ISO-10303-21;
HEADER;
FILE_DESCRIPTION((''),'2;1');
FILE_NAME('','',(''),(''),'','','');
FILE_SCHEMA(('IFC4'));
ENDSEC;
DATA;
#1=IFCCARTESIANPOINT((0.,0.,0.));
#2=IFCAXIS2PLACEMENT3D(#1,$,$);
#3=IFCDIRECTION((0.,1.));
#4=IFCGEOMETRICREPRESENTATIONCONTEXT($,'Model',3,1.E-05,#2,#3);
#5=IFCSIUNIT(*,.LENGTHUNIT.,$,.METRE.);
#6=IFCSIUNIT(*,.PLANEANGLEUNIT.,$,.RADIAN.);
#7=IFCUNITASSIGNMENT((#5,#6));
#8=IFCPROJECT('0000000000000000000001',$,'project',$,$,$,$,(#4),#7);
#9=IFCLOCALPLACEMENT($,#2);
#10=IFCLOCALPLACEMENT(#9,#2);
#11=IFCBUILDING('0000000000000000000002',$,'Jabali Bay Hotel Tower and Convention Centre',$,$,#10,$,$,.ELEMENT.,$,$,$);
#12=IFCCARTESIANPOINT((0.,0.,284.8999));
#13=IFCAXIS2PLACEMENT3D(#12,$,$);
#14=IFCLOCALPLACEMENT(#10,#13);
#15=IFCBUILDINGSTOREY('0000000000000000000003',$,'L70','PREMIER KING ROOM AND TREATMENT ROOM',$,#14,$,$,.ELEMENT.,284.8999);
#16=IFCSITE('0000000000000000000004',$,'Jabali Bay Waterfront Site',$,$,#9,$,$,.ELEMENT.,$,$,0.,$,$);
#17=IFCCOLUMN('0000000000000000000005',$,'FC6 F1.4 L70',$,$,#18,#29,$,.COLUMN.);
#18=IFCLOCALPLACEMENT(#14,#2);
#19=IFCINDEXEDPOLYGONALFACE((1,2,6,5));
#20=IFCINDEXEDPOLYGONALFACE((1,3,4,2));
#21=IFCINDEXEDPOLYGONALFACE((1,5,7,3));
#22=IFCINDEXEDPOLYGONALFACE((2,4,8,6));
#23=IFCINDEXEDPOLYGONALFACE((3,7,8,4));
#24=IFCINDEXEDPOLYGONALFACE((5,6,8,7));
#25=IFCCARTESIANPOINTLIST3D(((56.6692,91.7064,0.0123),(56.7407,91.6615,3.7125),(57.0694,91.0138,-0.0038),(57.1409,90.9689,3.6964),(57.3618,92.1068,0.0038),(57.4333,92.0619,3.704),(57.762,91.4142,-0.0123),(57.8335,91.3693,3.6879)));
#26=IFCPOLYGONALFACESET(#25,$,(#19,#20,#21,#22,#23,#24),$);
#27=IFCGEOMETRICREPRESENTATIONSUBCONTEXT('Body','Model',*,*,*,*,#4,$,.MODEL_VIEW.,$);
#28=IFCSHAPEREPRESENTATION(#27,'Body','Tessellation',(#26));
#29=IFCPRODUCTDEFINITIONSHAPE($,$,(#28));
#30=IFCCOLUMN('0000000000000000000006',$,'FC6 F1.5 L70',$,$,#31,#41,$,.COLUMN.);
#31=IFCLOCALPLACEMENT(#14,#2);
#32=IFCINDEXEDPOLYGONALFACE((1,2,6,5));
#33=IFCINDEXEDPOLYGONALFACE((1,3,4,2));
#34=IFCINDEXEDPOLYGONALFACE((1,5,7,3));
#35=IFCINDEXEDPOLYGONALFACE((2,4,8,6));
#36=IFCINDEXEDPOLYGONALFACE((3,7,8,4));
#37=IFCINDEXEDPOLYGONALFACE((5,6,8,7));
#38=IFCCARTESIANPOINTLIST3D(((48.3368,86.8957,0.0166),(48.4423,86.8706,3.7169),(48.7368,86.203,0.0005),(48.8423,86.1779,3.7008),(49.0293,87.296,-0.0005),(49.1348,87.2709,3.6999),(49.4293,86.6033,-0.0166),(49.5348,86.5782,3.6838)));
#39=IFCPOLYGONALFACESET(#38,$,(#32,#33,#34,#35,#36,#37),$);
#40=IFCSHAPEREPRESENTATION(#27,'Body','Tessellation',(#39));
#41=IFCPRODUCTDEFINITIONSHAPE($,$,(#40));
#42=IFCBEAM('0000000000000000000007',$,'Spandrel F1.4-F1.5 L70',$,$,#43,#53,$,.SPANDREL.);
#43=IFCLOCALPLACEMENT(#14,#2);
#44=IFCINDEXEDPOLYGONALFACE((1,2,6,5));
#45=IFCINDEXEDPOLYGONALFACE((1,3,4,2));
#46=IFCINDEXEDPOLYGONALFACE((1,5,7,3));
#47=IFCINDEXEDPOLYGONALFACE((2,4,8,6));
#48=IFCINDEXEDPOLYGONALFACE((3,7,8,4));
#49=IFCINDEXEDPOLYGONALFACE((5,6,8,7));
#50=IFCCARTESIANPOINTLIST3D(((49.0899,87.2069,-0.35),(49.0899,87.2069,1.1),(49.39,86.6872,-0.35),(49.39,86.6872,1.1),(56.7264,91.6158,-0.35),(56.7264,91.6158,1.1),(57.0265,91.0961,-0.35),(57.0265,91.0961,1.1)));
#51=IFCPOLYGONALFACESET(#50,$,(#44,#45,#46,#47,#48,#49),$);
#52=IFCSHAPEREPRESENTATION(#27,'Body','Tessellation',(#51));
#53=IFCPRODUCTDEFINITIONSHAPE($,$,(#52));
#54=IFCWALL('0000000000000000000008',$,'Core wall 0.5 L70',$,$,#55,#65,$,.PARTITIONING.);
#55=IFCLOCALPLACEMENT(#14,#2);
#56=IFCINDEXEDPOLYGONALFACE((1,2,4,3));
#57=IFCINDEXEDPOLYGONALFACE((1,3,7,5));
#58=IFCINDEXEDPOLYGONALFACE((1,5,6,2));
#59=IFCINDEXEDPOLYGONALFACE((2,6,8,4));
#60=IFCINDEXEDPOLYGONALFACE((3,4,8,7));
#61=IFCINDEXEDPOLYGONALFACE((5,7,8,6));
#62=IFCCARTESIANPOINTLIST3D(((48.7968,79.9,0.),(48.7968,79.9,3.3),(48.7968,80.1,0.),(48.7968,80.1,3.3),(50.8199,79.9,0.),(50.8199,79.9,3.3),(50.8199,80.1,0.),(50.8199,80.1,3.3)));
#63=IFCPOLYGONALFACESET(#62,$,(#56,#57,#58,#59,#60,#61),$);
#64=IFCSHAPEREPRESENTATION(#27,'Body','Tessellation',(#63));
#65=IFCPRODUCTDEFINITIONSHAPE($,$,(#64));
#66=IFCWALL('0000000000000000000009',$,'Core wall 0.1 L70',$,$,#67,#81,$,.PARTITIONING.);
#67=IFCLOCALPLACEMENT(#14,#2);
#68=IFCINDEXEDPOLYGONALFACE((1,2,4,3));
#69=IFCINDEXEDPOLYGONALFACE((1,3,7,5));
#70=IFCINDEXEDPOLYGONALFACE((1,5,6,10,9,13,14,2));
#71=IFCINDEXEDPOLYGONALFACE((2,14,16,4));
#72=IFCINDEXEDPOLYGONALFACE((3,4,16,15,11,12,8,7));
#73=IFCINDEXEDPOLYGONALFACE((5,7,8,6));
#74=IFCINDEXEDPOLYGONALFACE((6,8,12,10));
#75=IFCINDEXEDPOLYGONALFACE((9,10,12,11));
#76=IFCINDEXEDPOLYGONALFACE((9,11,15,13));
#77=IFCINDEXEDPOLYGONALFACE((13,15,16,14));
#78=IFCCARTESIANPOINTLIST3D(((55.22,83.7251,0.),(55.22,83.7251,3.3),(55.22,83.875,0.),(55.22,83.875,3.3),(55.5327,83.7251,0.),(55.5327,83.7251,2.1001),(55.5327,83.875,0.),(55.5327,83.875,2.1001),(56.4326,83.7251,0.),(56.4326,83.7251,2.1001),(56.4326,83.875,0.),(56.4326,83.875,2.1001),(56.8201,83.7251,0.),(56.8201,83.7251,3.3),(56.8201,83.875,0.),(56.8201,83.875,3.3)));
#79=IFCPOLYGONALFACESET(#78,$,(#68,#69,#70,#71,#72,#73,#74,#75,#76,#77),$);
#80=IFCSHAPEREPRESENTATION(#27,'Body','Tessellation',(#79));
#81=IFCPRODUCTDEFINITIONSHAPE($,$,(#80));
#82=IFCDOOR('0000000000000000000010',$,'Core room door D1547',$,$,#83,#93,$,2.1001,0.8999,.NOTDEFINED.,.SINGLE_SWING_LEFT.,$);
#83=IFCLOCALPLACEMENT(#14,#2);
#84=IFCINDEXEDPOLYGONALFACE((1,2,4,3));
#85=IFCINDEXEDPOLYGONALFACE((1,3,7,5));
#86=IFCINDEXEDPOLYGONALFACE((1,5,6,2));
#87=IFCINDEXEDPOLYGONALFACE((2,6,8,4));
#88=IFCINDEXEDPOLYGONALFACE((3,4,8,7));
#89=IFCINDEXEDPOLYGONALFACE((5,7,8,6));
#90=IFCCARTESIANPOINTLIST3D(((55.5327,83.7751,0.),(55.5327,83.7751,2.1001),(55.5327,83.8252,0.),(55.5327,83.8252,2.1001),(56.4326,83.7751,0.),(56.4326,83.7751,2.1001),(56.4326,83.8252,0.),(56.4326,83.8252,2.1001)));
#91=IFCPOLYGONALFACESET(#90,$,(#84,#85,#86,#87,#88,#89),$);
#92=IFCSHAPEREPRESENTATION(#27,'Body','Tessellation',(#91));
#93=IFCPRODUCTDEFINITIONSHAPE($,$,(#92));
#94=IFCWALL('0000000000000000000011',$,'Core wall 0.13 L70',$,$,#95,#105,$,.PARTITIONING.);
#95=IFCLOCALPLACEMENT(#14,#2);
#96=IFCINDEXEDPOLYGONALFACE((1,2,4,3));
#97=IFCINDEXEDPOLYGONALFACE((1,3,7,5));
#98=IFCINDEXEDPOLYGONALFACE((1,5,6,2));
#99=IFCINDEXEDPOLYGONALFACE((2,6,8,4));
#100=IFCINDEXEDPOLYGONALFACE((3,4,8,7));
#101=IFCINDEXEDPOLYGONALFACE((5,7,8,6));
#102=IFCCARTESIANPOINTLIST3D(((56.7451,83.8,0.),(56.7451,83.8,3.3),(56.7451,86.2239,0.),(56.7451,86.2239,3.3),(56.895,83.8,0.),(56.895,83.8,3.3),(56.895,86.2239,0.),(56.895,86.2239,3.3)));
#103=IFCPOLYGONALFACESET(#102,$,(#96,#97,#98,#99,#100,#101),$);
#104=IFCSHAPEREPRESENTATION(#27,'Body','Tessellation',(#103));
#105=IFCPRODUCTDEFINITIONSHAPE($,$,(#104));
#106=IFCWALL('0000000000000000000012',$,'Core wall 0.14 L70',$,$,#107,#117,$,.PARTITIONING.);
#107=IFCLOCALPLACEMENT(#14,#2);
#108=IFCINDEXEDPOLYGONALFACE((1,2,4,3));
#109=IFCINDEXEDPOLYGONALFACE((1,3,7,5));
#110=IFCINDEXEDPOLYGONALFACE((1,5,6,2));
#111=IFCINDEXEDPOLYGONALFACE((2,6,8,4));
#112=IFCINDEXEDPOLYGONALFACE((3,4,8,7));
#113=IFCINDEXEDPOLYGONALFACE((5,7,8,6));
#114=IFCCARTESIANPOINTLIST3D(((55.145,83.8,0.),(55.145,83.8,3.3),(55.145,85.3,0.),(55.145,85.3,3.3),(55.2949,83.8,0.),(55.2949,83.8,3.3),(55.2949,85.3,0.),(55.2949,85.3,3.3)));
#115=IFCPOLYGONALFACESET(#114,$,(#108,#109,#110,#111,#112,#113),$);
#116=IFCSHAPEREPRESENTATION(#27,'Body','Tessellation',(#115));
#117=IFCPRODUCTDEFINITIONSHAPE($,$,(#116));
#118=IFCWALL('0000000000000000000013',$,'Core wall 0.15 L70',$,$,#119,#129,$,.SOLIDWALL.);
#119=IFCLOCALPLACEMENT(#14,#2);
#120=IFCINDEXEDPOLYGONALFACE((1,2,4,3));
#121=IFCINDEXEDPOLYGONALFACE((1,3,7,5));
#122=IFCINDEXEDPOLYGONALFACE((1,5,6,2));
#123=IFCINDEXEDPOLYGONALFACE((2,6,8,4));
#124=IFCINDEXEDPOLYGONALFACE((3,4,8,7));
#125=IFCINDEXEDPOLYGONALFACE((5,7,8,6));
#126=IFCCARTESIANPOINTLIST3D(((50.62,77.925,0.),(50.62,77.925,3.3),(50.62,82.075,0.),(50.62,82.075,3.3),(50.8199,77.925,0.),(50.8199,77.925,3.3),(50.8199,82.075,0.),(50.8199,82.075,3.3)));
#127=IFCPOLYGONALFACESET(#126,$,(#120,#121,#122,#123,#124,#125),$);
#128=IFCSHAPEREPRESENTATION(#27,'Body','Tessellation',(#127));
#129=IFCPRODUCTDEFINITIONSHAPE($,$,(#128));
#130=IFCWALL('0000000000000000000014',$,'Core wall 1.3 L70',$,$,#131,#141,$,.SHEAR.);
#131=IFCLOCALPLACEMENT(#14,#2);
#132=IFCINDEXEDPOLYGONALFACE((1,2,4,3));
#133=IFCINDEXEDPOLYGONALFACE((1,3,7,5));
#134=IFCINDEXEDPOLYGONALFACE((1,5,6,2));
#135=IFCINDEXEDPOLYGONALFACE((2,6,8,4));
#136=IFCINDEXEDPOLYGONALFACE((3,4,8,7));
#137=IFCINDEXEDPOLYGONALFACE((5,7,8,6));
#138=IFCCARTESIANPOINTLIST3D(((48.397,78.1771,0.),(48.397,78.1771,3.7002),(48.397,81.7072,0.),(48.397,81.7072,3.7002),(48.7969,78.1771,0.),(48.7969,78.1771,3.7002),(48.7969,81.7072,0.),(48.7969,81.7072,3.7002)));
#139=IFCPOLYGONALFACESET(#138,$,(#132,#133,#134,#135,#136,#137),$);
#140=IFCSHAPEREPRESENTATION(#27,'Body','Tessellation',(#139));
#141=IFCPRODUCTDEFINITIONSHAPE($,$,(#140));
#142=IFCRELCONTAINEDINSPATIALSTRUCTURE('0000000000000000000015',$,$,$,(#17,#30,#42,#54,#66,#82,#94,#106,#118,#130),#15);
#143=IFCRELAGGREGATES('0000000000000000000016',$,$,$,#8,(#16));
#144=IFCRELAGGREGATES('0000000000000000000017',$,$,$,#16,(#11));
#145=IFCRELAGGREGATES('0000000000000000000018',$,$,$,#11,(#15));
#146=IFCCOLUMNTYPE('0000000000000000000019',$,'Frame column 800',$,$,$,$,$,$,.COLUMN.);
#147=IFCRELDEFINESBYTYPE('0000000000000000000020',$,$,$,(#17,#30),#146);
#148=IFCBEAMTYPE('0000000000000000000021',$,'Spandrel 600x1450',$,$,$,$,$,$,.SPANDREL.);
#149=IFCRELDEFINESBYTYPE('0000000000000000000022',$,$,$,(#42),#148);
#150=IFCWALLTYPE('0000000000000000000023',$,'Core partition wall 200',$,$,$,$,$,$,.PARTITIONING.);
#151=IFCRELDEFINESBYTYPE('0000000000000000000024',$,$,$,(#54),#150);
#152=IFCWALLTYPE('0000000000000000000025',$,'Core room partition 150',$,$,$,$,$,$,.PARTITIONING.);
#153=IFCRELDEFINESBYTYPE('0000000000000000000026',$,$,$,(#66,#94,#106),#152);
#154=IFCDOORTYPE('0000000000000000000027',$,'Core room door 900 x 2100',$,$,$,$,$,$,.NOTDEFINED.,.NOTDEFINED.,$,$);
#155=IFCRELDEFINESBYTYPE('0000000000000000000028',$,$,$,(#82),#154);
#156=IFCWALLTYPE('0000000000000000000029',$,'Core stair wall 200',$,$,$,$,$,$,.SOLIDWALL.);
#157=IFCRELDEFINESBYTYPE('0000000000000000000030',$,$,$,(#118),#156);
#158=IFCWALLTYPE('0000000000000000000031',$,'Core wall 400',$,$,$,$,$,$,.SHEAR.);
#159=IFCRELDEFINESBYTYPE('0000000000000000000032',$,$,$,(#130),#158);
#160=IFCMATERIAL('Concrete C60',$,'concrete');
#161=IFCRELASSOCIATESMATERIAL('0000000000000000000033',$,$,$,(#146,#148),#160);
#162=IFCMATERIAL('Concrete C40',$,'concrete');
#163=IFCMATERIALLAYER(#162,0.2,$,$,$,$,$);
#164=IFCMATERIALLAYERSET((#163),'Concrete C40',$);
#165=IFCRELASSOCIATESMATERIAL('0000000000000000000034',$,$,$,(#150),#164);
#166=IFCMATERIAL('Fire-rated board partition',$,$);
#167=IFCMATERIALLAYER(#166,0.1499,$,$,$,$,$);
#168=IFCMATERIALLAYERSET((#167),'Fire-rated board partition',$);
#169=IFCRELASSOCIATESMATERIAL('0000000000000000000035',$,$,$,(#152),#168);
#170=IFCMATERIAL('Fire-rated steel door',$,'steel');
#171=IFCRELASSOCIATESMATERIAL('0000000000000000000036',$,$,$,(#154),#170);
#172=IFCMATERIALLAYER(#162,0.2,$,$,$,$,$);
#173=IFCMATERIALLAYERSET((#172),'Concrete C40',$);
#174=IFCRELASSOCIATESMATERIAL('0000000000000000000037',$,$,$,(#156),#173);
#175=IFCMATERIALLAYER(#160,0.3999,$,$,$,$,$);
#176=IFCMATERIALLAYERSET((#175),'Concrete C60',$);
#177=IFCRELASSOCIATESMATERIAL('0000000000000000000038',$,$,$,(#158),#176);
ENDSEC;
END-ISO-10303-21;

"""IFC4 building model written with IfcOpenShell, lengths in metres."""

from ifc_helpers import new_model, si_unit, direction, frame, frame_2d, origin, origin_2d, place, context, subcontext, project, spatial, rectangle, extrude, material, layer, layer_set, material_profile, profile_set, type_object, element, fill, save


model = new_model("IFC4")

# Units and contexts
model_context = context("Model", 3, precision=1e-05, world=origin(), true_north=direction((0.0, 1.0)))
body_context = subcontext(model_context, "Body", "Model", "MODEL_VIEW")
ifc_project = project(units=[si_unit("LENGTHUNIT", "METRE"), si_unit("PLANEANGLEUNIT", "RADIAN")], contexts=[model_context])

# Site, building, storey
site_placement = place(None, origin())
site = spatial("IfcSite", under=ifc_project, at=site_placement, Name="Jabali Bay Waterfront Site", CompositionType="ELEMENT", RefElevation=0.0)
building_placement = place(site_placement, origin())
building = spatial("IfcBuilding", under=site, at=building_placement, Name="Jabali Bay Hotel Tower and Convention Centre", CompositionType="ELEMENT")
storey_placement = place(building_placement, frame((0.0, 0.0, 284.8999)))
storey = spatial("IfcBuildingStorey", under=building, at=storey_placement, Name="L70", Description="PREMIER KING ROOM AND TREATMENT ROOM", CompositionType="ELEMENT", Elevation=284.8999)

# Columns
ifc_material_1 = material(Name="Concrete C60", Category="concrete")
ifc_material_profile_1 = material_profile(ifc_material_1, rectangle(XDim=0.8, YDim=0.8, at=origin_2d()), Name="Frame column 800")
ifc_profile_set_1 = profile_set([ifc_material_profile_1], Name="Concrete C60")
column_type = type_object("IfcColumnType", Name="Frame column 800", PredefinedType="COLUMN", material=ifc_profile_set_1)
column_1_placement = place(storey_placement, frame((57.2156, 91.5603, 0.0), z_axis=(0.019327, -0.012137, 0.99974), x_axis=(-0.500209, 0.86567, 0.02018)))
element("IfcColumn", 1, at=column_1_placement, inside=storey, type_object=column_type, Name="FC6 F1.4 L70", PredefinedType="COLUMN", context=body_context, shape_type="SweptSolid", body=[
    extrude(rectangle(XDim=0.8, YDim=0.8, at=origin_2d()), origin(), (0.0, 0.0, 1.0), 3.7012),
])
column_2_placement = place(storey_placement, frame((48.8831, 86.7495, 0.0), z_axis=(0.028491, -0.006793, 0.999571), x_axis=(-0.499958, 0.865816, 0.020135)))
element("IfcColumn", 2, at=column_2_placement, inside=storey, type_object=column_type, Name="FC6 F1.5 L70", PredefinedType="COLUMN", context=body_context, shape_type="SweptSolid", body=[
    extrude(rectangle(XDim=0.8, YDim=0.8, at=origin_2d()), origin(), (0.0, 0.0, 1.0), 3.7019),
])

# Beam
ifc_material_profile_2 = material_profile(ifc_material_1, rectangle(XDim=0.6001, YDim=1.45, at=origin_2d()), Name="Spandrel 600x1450")
ifc_profile_set_2 = profile_set([ifc_material_profile_2], Name="Concrete C60")
beam_type = type_object("IfcBeamType", Name="Spandrel 600x1450", PredefinedType="SPANDREL", material=ifc_profile_set_2)
beam_placement = place(storey_placement, frame((56.8765, 91.356, 0.375), z_axis=(-0.866025, -0.500001, 0.0), x_axis=(0.500001, -0.866025, 0.0)))
element("IfcBeam", 3, at=beam_placement, inside=storey, type_object=beam_type, Name="Spandrel F1.4-F1.5 L70", PredefinedType="SPANDREL", context=body_context, shape_type="SweptSolid", body=[
    extrude(rectangle(XDim=0.6001, YDim=1.45, at=origin_2d()), origin(), (0.0, 0.0, 1.0), 8.8179),
])

# Wall
ifc_material_2 = material(Name="Concrete C40", Category="concrete")
ifc_layer_1 = layer(ifc_material_2, 0.2)
ifc_layer_set_1 = layer_set([ifc_layer_1], Name="Concrete C40")
wall_type_1 = type_object("IfcWallType", Name="Core partition wall 200", PredefinedType="PARTITIONING", material=ifc_layer_set_1)
wall_1_placement = place(storey_placement, frame((50.8201, 80.0, 0.0), z_axis=(0.0, 0.0, 1.0), x_axis=(-1.0, 0.0, 0.0)))
element("IfcWall", 4, at=wall_1_placement, inside=storey, type_object=wall_type_1, Name="Core wall 0.5 L70", PredefinedType="PARTITIONING", context=body_context, shape_type="SweptSolid", body=[
    extrude(rectangle(XDim=2.0232, YDim=0.2, at=frame_2d((1.0117, 0.0))), origin(), (0.0, 0.0, 1.0), 3.3),
])

# Wall, opening, door
ifc_material_3 = material(Name="Fire-rated board partition")
ifc_layer_2 = layer(ifc_material_3, 0.1499)
ifc_layer_set_2 = layer_set([ifc_layer_2], Name="Fire-rated board partition")
wall_type_2 = type_object("IfcWallType", Name="Core room partition 150", PredefinedType="PARTITIONING", material=ifc_layer_set_2)
wall_2_placement = place(storey_placement, frame((56.8201, 83.8, 0.0), z_axis=(0.0, 0.0, 1.0), x_axis=(-1.0, 0.0, 0.0)))
wall_2 = element("IfcWall", 5, at=wall_2_placement, inside=storey, type_object=wall_type_2, Name="Core wall 0.1 L70", PredefinedType="PARTITIONING", context=body_context, shape_type="SweptSolid", body=[
    extrude(rectangle(XDim=1.6001, YDim=0.1499, at=frame_2d((0.8, 0.0))), origin(), (0.0, 0.0, 1.0), 3.3),
])
opening_placement = place(wall_2_placement, frame((0.3875, 0.0, 0.0)))
opening = element("IfcOpeningElement", 6, at=opening_placement, cuts=wall_2, PredefinedType="OPENING", context=body_context, shape_type="SweptSolid", body=[
    extrude(rectangle(XDim=0.8999, YDim=2.1001, at=frame_2d((0.45, 1.05))), frame((0.0, 0.0854, 0.0), z_axis=(0.0, -1.0, 0.0), x_axis=(1.0, 0.0, 0.0)), (0.0, 0.0, 1.0), 0.1709),
])
ifc_material_4 = material(Name="Fire-rated steel door", Category="steel")
door_type = type_object("IfcDoorType", Name="Core room door 900 x 2100", OperationType="NOTDEFINED", PredefinedType="NOTDEFINED", material=ifc_material_4)
door_placement = place(opening_placement, origin())
door = element("IfcDoor", 7, at=door_placement, inside=storey, type_object=door_type, Name="Core room door D1547", OperationType="SINGLE_SWING_LEFT", OverallHeight=2.1001, OverallWidth=0.8999, PredefinedType="NOTDEFINED", context=body_context, shape_type="SweptSolid", body=[
    extrude(rectangle(XDim=0.8999, YDim=2.1001, at=frame_2d((0.45, 1.05))), frame((0.0, 0.0249, 0.0), z_axis=(0.0, -1.0, 0.0), x_axis=(1.0, 0.0, 0.0)), (0.0, 0.0, 1.0), 0.05),
])
fill(opening, door)

# Walls
wall_3_placement = place(storey_placement, frame((56.8201, 86.2239, 0.0), z_axis=(0.0, 0.0, 1.0), x_axis=(0.0, -1.0, 0.0)))
element("IfcWall", 8, at=wall_3_placement, inside=storey, type_object=wall_type_2, Name="Core wall 0.13 L70", PredefinedType="PARTITIONING", context=body_context, shape_type="SweptSolid", body=[
    extrude(rectangle(XDim=2.4238, YDim=0.1499, at=frame_2d((1.2119, 0.0))), origin(), (0.0, 0.0, 1.0), 3.3),
])
wall_4_placement = place(storey_placement, frame((55.22, 85.3, 0.0), z_axis=(0.0, 0.0, 1.0), x_axis=(0.0, -1.0, 0.0)))
element("IfcWall", 9, at=wall_4_placement, inside=storey, type_object=wall_type_2, Name="Core wall 0.14 L70", PredefinedType="PARTITIONING", context=body_context, shape_type="SweptSolid", body=[
    extrude(rectangle(XDim=1.5, YDim=0.1499, at=frame_2d((0.75, 0.0))), origin(), (0.0, 0.0, 1.0), 3.3),
])
ifc_layer_3 = layer(ifc_material_2, 0.2)
ifc_layer_set_3 = layer_set([ifc_layer_3], Name="Concrete C40")
wall_type_3 = type_object("IfcWallType", Name="Core stair wall 200", PredefinedType="SOLIDWALL", material=ifc_layer_set_3)
wall_5_placement = place(storey_placement, frame((50.72, 82.075, 0.0), z_axis=(0.0, 0.0, 1.0), x_axis=(0.0, -1.0, 0.0)))
element("IfcWall", 10, at=wall_5_placement, inside=storey, type_object=wall_type_3, Name="Core wall 0.15 L70", PredefinedType="SOLIDWALL", context=body_context, shape_type="SweptSolid", body=[
    extrude(rectangle(XDim=4.1499, YDim=0.2, at=frame_2d((2.075, 0.0))), origin(), (0.0, 0.0, 1.0), 3.3),
])
ifc_layer_4 = layer(ifc_material_1, 0.3999)
ifc_layer_set_4 = layer_set([ifc_layer_4], Name="Concrete C60")
wall_type_4 = type_object("IfcWallType", Name="Core wall 400", PredefinedType="SHEAR", material=ifc_layer_set_4)
wall_6_placement = place(storey_placement, frame((48.5969, 81.7073, 0.0), z_axis=(0.0, 0.0, 1.0), x_axis=(0.0, -1.0, 0.0)))
element("IfcWall", 11, at=wall_6_placement, inside=storey, type_object=wall_type_4, Name="Core wall 1.3 L70", PredefinedType="SHEAR", context=body_context, shape_type="SweptSolid", body=[
    extrude(rectangle(XDim=3.53, YDim=0.3999, at=frame_2d((1.7651, 0.0))), origin(), (0.0, 0.0, 1.0), 3.7002),
])

save(model, "model.ifc")
